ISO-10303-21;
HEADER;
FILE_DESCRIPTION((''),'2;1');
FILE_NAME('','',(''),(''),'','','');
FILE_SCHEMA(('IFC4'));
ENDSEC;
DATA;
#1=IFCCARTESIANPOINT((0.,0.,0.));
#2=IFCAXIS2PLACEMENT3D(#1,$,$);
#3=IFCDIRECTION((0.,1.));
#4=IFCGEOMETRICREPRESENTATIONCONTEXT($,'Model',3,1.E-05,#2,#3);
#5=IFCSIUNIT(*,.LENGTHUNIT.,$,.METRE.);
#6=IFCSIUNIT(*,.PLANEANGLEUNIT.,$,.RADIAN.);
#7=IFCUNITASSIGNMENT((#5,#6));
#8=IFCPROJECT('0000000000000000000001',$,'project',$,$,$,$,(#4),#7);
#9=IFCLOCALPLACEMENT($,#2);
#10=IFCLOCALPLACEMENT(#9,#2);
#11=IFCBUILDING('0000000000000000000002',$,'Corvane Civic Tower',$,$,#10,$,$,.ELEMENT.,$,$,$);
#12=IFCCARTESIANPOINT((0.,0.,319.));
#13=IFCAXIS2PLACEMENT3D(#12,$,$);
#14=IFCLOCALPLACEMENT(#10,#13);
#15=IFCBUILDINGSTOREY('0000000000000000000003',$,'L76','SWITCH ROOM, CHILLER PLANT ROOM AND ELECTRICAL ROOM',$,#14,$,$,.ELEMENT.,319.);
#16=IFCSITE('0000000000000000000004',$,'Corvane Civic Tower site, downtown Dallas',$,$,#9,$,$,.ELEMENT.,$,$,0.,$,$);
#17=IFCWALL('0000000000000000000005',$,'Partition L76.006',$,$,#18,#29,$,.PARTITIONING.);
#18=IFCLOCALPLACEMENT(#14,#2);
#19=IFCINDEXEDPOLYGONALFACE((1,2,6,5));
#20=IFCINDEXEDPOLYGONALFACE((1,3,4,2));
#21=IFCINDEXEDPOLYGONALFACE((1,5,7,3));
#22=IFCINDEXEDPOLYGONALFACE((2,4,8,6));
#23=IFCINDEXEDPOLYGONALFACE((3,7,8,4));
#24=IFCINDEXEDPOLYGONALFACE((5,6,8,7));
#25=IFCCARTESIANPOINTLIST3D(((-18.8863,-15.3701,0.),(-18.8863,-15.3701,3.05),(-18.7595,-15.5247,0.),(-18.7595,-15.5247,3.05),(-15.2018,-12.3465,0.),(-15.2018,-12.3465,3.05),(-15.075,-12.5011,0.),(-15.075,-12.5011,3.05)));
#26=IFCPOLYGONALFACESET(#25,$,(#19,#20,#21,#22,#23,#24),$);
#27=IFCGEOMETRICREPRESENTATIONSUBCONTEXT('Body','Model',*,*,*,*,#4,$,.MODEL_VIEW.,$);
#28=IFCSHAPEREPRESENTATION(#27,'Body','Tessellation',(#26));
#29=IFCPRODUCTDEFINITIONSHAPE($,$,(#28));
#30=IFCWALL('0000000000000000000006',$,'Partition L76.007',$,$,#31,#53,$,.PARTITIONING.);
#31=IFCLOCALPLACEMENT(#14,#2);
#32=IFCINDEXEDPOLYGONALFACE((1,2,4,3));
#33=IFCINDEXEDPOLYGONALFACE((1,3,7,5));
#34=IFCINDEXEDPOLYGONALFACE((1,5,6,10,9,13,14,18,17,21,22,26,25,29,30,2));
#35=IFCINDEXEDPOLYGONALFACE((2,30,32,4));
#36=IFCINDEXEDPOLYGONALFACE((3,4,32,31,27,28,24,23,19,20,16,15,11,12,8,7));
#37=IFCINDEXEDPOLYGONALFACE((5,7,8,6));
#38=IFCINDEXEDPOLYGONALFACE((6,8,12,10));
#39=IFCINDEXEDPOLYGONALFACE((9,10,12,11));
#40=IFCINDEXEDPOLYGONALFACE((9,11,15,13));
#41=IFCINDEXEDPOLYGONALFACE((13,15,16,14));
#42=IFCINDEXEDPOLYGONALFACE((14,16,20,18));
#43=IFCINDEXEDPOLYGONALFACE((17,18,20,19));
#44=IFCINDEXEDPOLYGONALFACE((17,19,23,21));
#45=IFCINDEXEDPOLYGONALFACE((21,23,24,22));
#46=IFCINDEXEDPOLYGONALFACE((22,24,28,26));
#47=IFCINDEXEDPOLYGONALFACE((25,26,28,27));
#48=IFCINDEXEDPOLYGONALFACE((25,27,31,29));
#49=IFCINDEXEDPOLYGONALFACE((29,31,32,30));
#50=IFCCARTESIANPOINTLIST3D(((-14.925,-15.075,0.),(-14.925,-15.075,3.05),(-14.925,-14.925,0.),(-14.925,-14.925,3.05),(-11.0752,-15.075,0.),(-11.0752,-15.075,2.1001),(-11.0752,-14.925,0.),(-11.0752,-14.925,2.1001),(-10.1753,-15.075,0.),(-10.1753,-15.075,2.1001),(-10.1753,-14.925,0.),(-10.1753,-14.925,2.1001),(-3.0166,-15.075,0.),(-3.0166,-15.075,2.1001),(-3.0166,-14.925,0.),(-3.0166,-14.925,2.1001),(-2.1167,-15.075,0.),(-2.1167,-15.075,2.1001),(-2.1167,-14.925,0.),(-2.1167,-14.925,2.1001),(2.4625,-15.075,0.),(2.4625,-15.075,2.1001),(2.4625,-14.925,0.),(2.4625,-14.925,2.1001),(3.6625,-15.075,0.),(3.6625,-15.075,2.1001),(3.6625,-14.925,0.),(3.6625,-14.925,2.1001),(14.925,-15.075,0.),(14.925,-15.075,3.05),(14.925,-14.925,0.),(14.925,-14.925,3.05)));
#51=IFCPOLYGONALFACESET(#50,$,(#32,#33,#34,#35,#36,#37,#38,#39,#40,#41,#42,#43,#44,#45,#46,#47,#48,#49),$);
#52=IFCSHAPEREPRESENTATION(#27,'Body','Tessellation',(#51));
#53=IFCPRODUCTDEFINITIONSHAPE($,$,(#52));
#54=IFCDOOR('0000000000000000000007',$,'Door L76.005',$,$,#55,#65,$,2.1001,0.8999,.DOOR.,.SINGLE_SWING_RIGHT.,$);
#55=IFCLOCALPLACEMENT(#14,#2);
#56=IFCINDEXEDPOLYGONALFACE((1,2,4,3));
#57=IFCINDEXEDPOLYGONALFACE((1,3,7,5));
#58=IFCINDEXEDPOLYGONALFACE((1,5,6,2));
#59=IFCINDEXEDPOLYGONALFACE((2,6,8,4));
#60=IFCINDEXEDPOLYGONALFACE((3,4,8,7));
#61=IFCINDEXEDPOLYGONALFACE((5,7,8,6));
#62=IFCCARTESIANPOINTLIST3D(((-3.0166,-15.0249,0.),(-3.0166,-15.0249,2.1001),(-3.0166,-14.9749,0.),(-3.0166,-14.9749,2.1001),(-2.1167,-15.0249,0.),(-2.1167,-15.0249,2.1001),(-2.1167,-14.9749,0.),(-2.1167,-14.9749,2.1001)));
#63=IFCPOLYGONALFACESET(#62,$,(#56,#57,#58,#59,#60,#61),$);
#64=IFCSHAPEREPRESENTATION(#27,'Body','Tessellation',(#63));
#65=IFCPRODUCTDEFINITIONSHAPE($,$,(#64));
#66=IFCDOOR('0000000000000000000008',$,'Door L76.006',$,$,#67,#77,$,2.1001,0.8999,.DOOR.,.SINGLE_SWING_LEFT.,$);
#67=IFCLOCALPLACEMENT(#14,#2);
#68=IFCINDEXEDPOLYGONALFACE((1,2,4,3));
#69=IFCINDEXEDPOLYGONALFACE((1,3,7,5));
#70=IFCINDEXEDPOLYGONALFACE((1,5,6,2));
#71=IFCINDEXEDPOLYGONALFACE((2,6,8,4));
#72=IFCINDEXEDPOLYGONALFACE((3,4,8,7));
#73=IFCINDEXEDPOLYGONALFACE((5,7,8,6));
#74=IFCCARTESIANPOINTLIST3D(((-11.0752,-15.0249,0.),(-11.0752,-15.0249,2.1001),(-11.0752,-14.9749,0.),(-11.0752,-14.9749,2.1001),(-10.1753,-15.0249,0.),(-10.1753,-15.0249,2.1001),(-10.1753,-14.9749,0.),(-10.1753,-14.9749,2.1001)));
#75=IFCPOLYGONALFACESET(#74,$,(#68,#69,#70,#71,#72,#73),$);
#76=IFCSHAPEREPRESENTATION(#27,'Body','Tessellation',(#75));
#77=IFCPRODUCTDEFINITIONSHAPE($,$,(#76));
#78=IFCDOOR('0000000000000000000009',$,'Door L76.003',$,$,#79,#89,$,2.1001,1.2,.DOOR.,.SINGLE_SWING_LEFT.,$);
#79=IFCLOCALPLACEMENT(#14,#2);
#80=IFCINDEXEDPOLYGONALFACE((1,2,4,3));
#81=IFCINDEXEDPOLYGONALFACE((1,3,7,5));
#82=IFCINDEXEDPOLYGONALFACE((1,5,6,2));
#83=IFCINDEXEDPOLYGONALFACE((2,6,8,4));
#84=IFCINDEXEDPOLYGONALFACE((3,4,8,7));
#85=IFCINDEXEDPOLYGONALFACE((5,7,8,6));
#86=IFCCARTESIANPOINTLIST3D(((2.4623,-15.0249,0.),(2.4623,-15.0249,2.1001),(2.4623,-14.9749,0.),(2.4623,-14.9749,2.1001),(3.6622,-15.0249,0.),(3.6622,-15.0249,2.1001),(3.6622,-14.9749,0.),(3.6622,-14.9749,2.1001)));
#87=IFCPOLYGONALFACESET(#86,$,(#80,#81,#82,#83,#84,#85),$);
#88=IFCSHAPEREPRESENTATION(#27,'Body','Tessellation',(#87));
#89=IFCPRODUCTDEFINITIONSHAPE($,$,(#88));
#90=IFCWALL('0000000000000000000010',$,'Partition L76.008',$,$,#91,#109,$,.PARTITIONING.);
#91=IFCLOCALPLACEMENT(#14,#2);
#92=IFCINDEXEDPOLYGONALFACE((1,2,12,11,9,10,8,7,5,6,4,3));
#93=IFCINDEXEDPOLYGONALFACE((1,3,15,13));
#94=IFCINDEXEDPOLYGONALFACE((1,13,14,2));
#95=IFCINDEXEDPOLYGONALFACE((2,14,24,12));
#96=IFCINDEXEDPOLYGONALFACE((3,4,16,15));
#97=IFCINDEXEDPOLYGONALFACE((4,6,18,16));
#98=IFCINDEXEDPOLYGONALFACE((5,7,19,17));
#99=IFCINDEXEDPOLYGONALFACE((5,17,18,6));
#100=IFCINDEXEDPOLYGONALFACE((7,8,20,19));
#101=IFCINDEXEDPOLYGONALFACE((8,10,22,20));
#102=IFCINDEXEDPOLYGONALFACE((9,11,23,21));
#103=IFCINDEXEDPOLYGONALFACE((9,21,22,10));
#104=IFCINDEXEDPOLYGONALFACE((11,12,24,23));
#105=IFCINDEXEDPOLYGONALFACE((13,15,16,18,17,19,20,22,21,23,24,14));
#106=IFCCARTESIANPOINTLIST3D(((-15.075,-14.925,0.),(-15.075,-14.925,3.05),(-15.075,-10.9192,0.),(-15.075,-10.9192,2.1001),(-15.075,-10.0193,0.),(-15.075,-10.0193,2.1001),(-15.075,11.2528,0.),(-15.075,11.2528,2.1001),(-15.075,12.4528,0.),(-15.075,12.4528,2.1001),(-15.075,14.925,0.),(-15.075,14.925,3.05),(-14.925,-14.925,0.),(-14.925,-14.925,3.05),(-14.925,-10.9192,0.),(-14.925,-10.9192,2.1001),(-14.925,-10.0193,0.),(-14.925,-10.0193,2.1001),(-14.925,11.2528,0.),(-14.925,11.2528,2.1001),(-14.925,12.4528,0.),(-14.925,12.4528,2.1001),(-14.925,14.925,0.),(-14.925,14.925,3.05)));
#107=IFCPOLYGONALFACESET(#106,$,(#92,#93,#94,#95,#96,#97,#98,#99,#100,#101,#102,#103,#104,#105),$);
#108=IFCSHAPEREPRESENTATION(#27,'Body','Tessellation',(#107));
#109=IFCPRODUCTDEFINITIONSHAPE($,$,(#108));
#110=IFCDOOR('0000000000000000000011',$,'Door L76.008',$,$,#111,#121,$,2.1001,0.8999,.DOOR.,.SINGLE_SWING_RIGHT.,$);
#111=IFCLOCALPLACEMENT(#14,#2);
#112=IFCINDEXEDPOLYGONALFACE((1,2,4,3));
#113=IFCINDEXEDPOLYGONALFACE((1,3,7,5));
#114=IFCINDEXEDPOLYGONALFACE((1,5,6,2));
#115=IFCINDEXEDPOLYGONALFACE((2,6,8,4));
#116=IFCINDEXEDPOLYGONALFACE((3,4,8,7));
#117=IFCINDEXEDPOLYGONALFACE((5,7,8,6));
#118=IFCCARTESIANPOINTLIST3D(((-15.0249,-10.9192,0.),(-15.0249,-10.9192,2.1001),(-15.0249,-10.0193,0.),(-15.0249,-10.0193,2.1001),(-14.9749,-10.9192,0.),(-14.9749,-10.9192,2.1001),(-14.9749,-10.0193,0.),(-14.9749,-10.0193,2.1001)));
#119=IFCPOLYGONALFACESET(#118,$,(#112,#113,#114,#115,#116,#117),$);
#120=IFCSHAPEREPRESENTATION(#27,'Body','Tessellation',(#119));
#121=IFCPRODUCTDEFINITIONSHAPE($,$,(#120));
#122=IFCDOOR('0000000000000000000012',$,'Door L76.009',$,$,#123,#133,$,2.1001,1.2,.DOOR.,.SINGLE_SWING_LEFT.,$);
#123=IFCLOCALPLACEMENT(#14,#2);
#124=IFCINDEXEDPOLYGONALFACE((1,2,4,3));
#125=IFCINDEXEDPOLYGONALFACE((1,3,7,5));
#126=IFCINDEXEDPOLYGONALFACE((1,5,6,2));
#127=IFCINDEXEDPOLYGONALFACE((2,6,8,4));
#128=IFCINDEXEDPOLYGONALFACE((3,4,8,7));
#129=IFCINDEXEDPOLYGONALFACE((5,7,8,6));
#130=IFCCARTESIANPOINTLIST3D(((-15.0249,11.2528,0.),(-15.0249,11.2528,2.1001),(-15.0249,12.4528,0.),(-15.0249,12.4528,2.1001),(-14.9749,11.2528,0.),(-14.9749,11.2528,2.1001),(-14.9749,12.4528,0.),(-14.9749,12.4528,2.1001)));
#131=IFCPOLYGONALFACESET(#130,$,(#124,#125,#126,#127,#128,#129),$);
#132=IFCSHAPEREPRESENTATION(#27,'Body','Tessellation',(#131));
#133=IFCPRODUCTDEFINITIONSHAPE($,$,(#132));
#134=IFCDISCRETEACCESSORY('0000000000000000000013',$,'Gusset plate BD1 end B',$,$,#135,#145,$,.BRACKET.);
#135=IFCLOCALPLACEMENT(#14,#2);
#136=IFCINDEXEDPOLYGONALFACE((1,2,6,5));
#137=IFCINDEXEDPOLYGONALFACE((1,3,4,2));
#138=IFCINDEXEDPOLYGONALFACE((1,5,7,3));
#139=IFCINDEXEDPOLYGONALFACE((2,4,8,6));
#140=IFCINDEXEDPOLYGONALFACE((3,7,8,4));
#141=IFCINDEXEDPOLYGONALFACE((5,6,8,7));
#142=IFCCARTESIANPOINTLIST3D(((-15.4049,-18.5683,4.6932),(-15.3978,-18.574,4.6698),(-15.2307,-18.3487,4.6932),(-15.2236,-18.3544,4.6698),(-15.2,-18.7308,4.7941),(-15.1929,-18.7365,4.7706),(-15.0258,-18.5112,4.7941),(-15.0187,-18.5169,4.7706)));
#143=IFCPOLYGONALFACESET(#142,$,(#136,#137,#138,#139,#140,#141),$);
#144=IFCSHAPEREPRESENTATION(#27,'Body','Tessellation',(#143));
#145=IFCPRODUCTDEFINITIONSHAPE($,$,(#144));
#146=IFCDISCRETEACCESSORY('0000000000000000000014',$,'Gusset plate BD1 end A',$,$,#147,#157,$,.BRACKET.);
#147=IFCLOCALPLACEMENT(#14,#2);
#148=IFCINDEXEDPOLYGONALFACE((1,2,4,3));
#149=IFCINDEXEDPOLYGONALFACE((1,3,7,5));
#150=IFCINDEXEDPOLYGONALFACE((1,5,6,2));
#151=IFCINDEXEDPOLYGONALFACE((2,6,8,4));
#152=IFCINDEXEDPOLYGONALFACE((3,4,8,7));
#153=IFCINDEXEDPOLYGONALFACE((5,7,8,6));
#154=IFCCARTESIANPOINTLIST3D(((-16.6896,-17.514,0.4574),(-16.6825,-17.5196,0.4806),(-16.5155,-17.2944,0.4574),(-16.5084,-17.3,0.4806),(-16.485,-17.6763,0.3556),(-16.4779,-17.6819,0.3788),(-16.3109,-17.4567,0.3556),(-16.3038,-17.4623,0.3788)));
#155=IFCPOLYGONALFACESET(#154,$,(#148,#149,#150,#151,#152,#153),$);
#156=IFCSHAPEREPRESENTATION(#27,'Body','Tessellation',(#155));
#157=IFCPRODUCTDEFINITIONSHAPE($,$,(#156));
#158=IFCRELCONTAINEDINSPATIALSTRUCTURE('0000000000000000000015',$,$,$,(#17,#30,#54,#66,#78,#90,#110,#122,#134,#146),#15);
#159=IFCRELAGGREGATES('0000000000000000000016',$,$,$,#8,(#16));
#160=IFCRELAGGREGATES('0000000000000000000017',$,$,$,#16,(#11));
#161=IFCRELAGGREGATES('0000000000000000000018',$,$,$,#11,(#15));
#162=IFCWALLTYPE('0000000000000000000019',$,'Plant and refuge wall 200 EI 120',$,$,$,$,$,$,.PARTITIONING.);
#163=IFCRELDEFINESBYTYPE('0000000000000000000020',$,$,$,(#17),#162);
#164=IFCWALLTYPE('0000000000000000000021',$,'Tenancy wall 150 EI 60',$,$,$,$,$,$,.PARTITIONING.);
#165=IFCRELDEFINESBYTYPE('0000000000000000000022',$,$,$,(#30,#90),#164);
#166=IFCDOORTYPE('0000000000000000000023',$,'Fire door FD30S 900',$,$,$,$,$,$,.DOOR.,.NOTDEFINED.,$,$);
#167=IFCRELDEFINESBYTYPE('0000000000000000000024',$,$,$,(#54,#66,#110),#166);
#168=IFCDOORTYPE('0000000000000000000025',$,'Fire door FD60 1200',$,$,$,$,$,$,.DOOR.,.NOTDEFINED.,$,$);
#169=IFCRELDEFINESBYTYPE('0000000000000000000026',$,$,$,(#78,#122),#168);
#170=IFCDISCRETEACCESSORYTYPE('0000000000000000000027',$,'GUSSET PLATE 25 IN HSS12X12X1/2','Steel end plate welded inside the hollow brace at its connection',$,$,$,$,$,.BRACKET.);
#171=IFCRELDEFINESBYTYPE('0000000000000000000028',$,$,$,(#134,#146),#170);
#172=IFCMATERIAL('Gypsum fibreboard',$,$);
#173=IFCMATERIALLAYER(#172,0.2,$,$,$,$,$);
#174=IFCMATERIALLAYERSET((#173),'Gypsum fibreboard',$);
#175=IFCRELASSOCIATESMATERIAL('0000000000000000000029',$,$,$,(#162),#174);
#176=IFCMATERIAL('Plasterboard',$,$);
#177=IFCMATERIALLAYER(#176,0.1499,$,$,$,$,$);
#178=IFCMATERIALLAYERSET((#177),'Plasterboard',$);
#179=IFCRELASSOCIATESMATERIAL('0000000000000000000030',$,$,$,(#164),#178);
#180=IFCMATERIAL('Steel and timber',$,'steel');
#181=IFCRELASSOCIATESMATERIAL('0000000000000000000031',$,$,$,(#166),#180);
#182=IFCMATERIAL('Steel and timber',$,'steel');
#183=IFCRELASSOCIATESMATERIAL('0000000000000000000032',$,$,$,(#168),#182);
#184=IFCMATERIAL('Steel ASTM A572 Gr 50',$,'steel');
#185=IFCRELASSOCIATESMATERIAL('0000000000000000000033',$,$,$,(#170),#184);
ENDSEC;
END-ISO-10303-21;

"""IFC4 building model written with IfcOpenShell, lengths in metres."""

from ifc_helpers import new_model, si_unit, direction, frame, frame_2d, origin, origin_2d, place, context, subcontext, project, spatial, rectangle, extrude, material, layer, layer_set, material_profile, profile_set, type_object, element, fill, save


model = new_model("IFC4")

# Units and contexts
model_context = context("Model", 3, precision=1e-05, world=origin(), true_north=direction((0.0, 1.0)))
body_context = subcontext(model_context, "Body", "Model", "MODEL_VIEW")
ifc_project = project(units=[si_unit("LENGTHUNIT", "METRE"), si_unit("PLANEANGLEUNIT", "RADIAN")], contexts=[model_context])

# Site, building, storey
site_placement = place(None, origin())
site = spatial("IfcSite", under=ifc_project, at=site_placement, Name="Corvane Civic Tower site, downtown Dallas", CompositionType="ELEMENT", RefElevation=0.0)
building_placement = place(site_placement, origin())
building = spatial("IfcBuilding", under=site, at=building_placement, Name="Corvane Civic Tower", CompositionType="ELEMENT")
storey_placement = place(building_placement, frame((0.0, 0.0, 319.0)))
storey = spatial("IfcBuildingStorey", under=building, at=storey_placement, Name="L76", Description="SWITCH ROOM, CHILLER PLANT ROOM AND ELECTRICAL ROOM", CompositionType="ELEMENT", Elevation=319.0)

# Wall
ifc_material_1 = material(Name="Gypsum fibreboard")
ifc_layer_1 = layer(ifc_material_1, 0.2)
ifc_layer_set_1 = layer_set([ifc_layer_1], Name="Gypsum fibreboard")
wall_type_1 = type_object("IfcWallType", Name="Plant and refuge wall 200 EI 120", PredefinedType="PARTITIONING", material=ifc_layer_set_1)
wall_1_placement = place(storey_placement, frame((-18.823, -15.4475, 0.0), z_axis=(0.0, 0.0, 1.0), x_axis=(0.773028, 0.634372, 0.0)))
element("IfcWall", 1, at=wall_1_placement, inside=storey, type_object=wall_type_1, Name="Partition L76.006", PredefinedType="PARTITIONING", context=body_context, shape_type="SweptSolid", body=[
    extrude(rectangle(XDim=4.7664, YDim=0.2, at=frame_2d((2.3833, 0.0))), origin(), (0.0, 0.0, 1.0), 3.05),
])

# Walls, openings, doors
ifc_material_2 = material(Name="Plasterboard")
ifc_layer_2 = layer(ifc_material_2, 0.1499)
ifc_layer_set_2 = layer_set([ifc_layer_2], Name="Plasterboard")
wall_type_2 = type_object("IfcWallType", Name="Tenancy wall 150 EI 60", PredefinedType="PARTITIONING", material=ifc_layer_set_2)
wall_2_placement = place(storey_placement, frame((-14.925, -15.0, 0.0), z_axis=(0.0, 0.0, 1.0), x_axis=(1.0, 0.0, 0.0)))
wall_2 = element("IfcWall", 2, at=wall_2_placement, inside=storey, type_object=wall_type_2, Name="Partition L76.007", PredefinedType="PARTITIONING", context=body_context, shape_type="SweptSolid", body=[
    extrude(rectangle(XDim=29.8501, YDim=0.1499, at=frame_2d((14.925, 0.0))), origin(), (0.0, 0.0, 1.0), 3.05),
])
opening_1_placement = place(wall_2_placement, frame((17.3875, 0.0, 0.0)))
opening_1 = element("IfcOpeningElement", 3, at=opening_1_placement, cuts=wall_2, PredefinedType="OPENING", context=body_context, shape_type="SweptSolid", body=[
    extrude(rectangle(XDim=1.2, YDim=2.1001, at=frame_2d((0.6001, 1.05))), frame((0.0, 0.085, 0.0), z_axis=(0.0, -1.0, 0.0), x_axis=(1.0, 0.0, 0.0)), (0.0, 0.0, 1.0), 0.1699),
])
opening_2_placement = place(wall_2_placement, frame((11.9084, 0.0, 0.0)))
opening_2 = element("IfcOpeningElement", 4, at=opening_2_placement, cuts=wall_2, PredefinedType="OPENING", context=body_context, shape_type="SweptSolid", body=[
    extrude(rectangle(XDim=0.8999, YDim=2.1001, at=frame_2d((0.45, 1.05))), frame((0.0, 0.085, 0.0), z_axis=(0.0, -1.0, 0.0), x_axis=(1.0, 0.0, 0.0)), (0.0, 0.0, 1.0), 0.1699),
])
opening_3_placement = place(wall_2_placement, frame((3.8499, 0.0, 0.0)))
opening_3 = element("IfcOpeningElement", 5, at=opening_3_placement, cuts=wall_2, PredefinedType="OPENING", context=body_context, shape_type="SweptSolid", body=[
    extrude(rectangle(XDim=0.8999, YDim=2.1001, at=frame_2d((0.45, 1.05))), frame((0.0, 0.085, 0.0), z_axis=(0.0, -1.0, 0.0), x_axis=(1.0, 0.0, 0.0)), (0.0, 0.0, 1.0), 0.1699),
])
ifc_material_3 = material(Name="Steel and timber", Category="steel")
door_type_1 = type_object("IfcDoorType", Name="Fire door FD30S 900", OperationType="NOTDEFINED", PredefinedType="DOOR", material=ifc_material_3)
door_1_placement = place(opening_2_placement, frame((0.8999, 0.0, 0.0), z_axis=(0.0, 0.0, 1.0), x_axis=(-1.0, 0.0, 0.0)))
door_1 = element("IfcDoor", 6, at=door_1_placement, inside=storey, type_object=door_type_1, Name="Door L76.005", OperationType="SINGLE_SWING_RIGHT", OverallHeight=2.1001, OverallWidth=0.8999, PredefinedType="DOOR", context=body_context, shape_type="SweptSolid", body=[
    extrude(rectangle(XDim=0.8999, YDim=2.1001, at=frame_2d((0.45, 1.05))), frame((0.0, 0.0249, 0.0), z_axis=(0.0, -1.0, 0.0), x_axis=(1.0, 0.0, 0.0)), (0.0, 0.0, 1.0), 0.05),
])
fill(opening_2, door_1)
door_2_placement = place(opening_3_placement, frame((0.8999, 0.0, 0.0), z_axis=(0.0, 0.0, 1.0), x_axis=(-1.0, 0.0, 0.0)))
door_2 = element("IfcDoor", 7, at=door_2_placement, inside=storey, type_object=door_type_1, Name="Door L76.006", OperationType="SINGLE_SWING_LEFT", OverallHeight=2.1001, OverallWidth=0.8999, PredefinedType="DOOR", context=body_context, shape_type="SweptSolid", body=[
    extrude(rectangle(XDim=0.8999, YDim=2.1001, at=frame_2d((0.45, 1.05))), frame((0.0, 0.0249, 0.0), z_axis=(0.0, -1.0, 0.0), x_axis=(1.0, 0.0, 0.0)), (0.0, 0.0, 1.0), 0.05),
])
fill(opening_3, door_2)
ifc_material_4 = material(Name="Steel and timber", Category="steel")
door_type_2 = type_object("IfcDoorType", Name="Fire door FD60 1200", OperationType="NOTDEFINED", PredefinedType="DOOR", material=ifc_material_4)
door_3_placement = place(opening_1_placement, frame((1.2, 0.0, 0.0), z_axis=(0.0, 0.0, 1.0), x_axis=(-1.0, 0.0, 0.0)))
door_3 = element("IfcDoor", 8, at=door_3_placement, inside=storey, type_object=door_type_2, Name="Door L76.003", OperationType="SINGLE_SWING_LEFT", OverallHeight=2.1001, OverallWidth=1.2, PredefinedType="DOOR", context=body_context, shape_type="SweptSolid", body=[
    extrude(rectangle(XDim=1.2, YDim=2.1001, at=frame_2d((0.6001, 1.05))), frame((0.0, 0.0249, 0.0), z_axis=(0.0, -1.0, 0.0), x_axis=(1.0, 0.0, 0.0)), (0.0, 0.0, 1.0), 0.05),
])
fill(opening_1, door_3)
wall_3_placement = place(storey_placement, frame((-15.0, -14.925, 0.0), z_axis=(0.0, 0.0, 1.0), x_axis=(0.0, 1.0, 0.0)))
wall_3 = element("IfcWall", 9, at=wall_3_placement, inside=storey, type_object=wall_type_2, Name="Partition L76.008", PredefinedType="PARTITIONING", context=body_context, shape_type="SweptSolid", body=[
    extrude(rectangle(XDim=29.8501, YDim=0.1499, at=frame_2d((14.925, 0.0))), origin(), (0.0, 0.0, 1.0), 3.05),
])
opening_4_placement = place(wall_3_placement, frame((4.0059, 0.0, 0.0)))
opening_4 = element("IfcOpeningElement", 10, at=opening_4_placement, cuts=wall_3, PredefinedType="OPENING", context=body_context, shape_type="SweptSolid", body=[
    extrude(rectangle(XDim=0.8999, YDim=2.1001, at=frame_2d((0.45, 1.05))), frame((0.0, 0.085, 0.0), z_axis=(0.0, -1.0, 0.0), x_axis=(1.0, 0.0, 0.0)), (0.0, 0.0, 1.0), 0.1699),
])
opening_5_placement = place(wall_3_placement, frame((26.1777, 0.0, 0.0)))
opening_5 = element("IfcOpeningElement", 11, at=opening_5_placement, cuts=wall_3, PredefinedType="OPENING", context=body_context, shape_type="SweptSolid", body=[
    extrude(rectangle(XDim=1.2, YDim=2.1001, at=frame_2d((0.6001, 1.05))), frame((0.0, 0.085, 0.0), z_axis=(0.0, -1.0, 0.0), x_axis=(1.0, 0.0, 0.0)), (0.0, 0.0, 1.0), 0.1699),
])
door_4_placement = place(opening_4_placement, origin())
door_4 = element("IfcDoor", 12, at=door_4_placement, inside=storey, type_object=door_type_1, Name="Door L76.008", OperationType="SINGLE_SWING_RIGHT", OverallHeight=2.1001, OverallWidth=0.8999, PredefinedType="DOOR", context=body_context, shape_type="SweptSolid", body=[
    extrude(rectangle(XDim=0.8999, YDim=2.1001, at=frame_2d((0.45, 1.05))), frame((0.0, 0.0249, 0.0), z_axis=(0.0, -1.0, 0.0), x_axis=(1.0, 0.0, 0.0)), (0.0, 0.0, 1.0), 0.05),
])
fill(opening_4, door_4)
door_5_placement = place(opening_5_placement, origin())
door_5 = element("IfcDoor", 13, at=door_5_placement, inside=storey, type_object=door_type_2, Name="Door L76.009", OperationType="SINGLE_SWING_LEFT", OverallHeight=2.1001, OverallWidth=1.2, PredefinedType="DOOR", context=body_context, shape_type="SweptSolid", body=[
    extrude(rectangle(XDim=1.2, YDim=2.1001, at=frame_2d((0.6001, 1.05))), frame((0.0, 0.0249, 0.0), z_axis=(0.0, -1.0, 0.0), x_axis=(1.0, 0.0, 0.0)), (0.0, 0.0, 1.0), 0.05),
])
fill(opening_5, door_5)

# Discrete accessories
ifc_material_5 = material(Name="Steel ASTM A572 Gr 50", Category="steel")
ifc_material_profile_1 = material_profile(ifc_material_5, rectangle(XDim=0.2803, YDim=0.2803, at=origin_2d()), Name="GUSSET PLATE 25 IN HSS12X12X1/2")
ifc_profile_set_1 = profile_set([ifc_material_profile_1], Name="Steel ASTM A572 Gr 50")
discrete_accessory_type = type_object("IfcDiscreteAccessoryType", Name="GUSSET PLATE 25 IN HSS12X12X1/2", Description="Steel end plate welded inside the hollow brace at its connection", PredefinedType="BRACKET", material=ifc_profile_set_1)
discrete_accessory_1_placement = place(storey_placement, frame((-15.2153, -18.5398, 4.7437), z_axis=(0.281859, -0.223543, -0.933051), x_axis=(0.621395, 0.783498, 0.0)))
element("IfcDiscreteAccessory", 14, at=discrete_accessory_1_placement, inside=storey, type_object=discrete_accessory_type, Name="Gusset plate BD1 end B", PredefinedType="BRACKET", context=body_context, shape_type="SweptSolid", body=[
    extrude(rectangle(XDim=0.2803, YDim=0.2803, at=origin_2d()), origin(), (0.0, 0.0, 1.0), 0.0251),
])
discrete_accessory_2_placement = place(storey_placement, frame((-16.5002, -17.4854, 0.4065), z_axis=(0.284437, -0.225588, 0.931776), x_axis=(0.621395, 0.783498, 0.0)))
element("IfcDiscreteAccessory", 15, at=discrete_accessory_2_placement, inside=storey, type_object=discrete_accessory_type, Name="Gusset plate BD1 end A", PredefinedType="BRACKET", context=body_context, shape_type="SweptSolid", body=[
    extrude(rectangle(XDim=0.2803, YDim=0.2803, at=origin_2d()), origin(), (0.0, 0.0, 1.0), 0.0249),
])

save(model, "model.ifc")
